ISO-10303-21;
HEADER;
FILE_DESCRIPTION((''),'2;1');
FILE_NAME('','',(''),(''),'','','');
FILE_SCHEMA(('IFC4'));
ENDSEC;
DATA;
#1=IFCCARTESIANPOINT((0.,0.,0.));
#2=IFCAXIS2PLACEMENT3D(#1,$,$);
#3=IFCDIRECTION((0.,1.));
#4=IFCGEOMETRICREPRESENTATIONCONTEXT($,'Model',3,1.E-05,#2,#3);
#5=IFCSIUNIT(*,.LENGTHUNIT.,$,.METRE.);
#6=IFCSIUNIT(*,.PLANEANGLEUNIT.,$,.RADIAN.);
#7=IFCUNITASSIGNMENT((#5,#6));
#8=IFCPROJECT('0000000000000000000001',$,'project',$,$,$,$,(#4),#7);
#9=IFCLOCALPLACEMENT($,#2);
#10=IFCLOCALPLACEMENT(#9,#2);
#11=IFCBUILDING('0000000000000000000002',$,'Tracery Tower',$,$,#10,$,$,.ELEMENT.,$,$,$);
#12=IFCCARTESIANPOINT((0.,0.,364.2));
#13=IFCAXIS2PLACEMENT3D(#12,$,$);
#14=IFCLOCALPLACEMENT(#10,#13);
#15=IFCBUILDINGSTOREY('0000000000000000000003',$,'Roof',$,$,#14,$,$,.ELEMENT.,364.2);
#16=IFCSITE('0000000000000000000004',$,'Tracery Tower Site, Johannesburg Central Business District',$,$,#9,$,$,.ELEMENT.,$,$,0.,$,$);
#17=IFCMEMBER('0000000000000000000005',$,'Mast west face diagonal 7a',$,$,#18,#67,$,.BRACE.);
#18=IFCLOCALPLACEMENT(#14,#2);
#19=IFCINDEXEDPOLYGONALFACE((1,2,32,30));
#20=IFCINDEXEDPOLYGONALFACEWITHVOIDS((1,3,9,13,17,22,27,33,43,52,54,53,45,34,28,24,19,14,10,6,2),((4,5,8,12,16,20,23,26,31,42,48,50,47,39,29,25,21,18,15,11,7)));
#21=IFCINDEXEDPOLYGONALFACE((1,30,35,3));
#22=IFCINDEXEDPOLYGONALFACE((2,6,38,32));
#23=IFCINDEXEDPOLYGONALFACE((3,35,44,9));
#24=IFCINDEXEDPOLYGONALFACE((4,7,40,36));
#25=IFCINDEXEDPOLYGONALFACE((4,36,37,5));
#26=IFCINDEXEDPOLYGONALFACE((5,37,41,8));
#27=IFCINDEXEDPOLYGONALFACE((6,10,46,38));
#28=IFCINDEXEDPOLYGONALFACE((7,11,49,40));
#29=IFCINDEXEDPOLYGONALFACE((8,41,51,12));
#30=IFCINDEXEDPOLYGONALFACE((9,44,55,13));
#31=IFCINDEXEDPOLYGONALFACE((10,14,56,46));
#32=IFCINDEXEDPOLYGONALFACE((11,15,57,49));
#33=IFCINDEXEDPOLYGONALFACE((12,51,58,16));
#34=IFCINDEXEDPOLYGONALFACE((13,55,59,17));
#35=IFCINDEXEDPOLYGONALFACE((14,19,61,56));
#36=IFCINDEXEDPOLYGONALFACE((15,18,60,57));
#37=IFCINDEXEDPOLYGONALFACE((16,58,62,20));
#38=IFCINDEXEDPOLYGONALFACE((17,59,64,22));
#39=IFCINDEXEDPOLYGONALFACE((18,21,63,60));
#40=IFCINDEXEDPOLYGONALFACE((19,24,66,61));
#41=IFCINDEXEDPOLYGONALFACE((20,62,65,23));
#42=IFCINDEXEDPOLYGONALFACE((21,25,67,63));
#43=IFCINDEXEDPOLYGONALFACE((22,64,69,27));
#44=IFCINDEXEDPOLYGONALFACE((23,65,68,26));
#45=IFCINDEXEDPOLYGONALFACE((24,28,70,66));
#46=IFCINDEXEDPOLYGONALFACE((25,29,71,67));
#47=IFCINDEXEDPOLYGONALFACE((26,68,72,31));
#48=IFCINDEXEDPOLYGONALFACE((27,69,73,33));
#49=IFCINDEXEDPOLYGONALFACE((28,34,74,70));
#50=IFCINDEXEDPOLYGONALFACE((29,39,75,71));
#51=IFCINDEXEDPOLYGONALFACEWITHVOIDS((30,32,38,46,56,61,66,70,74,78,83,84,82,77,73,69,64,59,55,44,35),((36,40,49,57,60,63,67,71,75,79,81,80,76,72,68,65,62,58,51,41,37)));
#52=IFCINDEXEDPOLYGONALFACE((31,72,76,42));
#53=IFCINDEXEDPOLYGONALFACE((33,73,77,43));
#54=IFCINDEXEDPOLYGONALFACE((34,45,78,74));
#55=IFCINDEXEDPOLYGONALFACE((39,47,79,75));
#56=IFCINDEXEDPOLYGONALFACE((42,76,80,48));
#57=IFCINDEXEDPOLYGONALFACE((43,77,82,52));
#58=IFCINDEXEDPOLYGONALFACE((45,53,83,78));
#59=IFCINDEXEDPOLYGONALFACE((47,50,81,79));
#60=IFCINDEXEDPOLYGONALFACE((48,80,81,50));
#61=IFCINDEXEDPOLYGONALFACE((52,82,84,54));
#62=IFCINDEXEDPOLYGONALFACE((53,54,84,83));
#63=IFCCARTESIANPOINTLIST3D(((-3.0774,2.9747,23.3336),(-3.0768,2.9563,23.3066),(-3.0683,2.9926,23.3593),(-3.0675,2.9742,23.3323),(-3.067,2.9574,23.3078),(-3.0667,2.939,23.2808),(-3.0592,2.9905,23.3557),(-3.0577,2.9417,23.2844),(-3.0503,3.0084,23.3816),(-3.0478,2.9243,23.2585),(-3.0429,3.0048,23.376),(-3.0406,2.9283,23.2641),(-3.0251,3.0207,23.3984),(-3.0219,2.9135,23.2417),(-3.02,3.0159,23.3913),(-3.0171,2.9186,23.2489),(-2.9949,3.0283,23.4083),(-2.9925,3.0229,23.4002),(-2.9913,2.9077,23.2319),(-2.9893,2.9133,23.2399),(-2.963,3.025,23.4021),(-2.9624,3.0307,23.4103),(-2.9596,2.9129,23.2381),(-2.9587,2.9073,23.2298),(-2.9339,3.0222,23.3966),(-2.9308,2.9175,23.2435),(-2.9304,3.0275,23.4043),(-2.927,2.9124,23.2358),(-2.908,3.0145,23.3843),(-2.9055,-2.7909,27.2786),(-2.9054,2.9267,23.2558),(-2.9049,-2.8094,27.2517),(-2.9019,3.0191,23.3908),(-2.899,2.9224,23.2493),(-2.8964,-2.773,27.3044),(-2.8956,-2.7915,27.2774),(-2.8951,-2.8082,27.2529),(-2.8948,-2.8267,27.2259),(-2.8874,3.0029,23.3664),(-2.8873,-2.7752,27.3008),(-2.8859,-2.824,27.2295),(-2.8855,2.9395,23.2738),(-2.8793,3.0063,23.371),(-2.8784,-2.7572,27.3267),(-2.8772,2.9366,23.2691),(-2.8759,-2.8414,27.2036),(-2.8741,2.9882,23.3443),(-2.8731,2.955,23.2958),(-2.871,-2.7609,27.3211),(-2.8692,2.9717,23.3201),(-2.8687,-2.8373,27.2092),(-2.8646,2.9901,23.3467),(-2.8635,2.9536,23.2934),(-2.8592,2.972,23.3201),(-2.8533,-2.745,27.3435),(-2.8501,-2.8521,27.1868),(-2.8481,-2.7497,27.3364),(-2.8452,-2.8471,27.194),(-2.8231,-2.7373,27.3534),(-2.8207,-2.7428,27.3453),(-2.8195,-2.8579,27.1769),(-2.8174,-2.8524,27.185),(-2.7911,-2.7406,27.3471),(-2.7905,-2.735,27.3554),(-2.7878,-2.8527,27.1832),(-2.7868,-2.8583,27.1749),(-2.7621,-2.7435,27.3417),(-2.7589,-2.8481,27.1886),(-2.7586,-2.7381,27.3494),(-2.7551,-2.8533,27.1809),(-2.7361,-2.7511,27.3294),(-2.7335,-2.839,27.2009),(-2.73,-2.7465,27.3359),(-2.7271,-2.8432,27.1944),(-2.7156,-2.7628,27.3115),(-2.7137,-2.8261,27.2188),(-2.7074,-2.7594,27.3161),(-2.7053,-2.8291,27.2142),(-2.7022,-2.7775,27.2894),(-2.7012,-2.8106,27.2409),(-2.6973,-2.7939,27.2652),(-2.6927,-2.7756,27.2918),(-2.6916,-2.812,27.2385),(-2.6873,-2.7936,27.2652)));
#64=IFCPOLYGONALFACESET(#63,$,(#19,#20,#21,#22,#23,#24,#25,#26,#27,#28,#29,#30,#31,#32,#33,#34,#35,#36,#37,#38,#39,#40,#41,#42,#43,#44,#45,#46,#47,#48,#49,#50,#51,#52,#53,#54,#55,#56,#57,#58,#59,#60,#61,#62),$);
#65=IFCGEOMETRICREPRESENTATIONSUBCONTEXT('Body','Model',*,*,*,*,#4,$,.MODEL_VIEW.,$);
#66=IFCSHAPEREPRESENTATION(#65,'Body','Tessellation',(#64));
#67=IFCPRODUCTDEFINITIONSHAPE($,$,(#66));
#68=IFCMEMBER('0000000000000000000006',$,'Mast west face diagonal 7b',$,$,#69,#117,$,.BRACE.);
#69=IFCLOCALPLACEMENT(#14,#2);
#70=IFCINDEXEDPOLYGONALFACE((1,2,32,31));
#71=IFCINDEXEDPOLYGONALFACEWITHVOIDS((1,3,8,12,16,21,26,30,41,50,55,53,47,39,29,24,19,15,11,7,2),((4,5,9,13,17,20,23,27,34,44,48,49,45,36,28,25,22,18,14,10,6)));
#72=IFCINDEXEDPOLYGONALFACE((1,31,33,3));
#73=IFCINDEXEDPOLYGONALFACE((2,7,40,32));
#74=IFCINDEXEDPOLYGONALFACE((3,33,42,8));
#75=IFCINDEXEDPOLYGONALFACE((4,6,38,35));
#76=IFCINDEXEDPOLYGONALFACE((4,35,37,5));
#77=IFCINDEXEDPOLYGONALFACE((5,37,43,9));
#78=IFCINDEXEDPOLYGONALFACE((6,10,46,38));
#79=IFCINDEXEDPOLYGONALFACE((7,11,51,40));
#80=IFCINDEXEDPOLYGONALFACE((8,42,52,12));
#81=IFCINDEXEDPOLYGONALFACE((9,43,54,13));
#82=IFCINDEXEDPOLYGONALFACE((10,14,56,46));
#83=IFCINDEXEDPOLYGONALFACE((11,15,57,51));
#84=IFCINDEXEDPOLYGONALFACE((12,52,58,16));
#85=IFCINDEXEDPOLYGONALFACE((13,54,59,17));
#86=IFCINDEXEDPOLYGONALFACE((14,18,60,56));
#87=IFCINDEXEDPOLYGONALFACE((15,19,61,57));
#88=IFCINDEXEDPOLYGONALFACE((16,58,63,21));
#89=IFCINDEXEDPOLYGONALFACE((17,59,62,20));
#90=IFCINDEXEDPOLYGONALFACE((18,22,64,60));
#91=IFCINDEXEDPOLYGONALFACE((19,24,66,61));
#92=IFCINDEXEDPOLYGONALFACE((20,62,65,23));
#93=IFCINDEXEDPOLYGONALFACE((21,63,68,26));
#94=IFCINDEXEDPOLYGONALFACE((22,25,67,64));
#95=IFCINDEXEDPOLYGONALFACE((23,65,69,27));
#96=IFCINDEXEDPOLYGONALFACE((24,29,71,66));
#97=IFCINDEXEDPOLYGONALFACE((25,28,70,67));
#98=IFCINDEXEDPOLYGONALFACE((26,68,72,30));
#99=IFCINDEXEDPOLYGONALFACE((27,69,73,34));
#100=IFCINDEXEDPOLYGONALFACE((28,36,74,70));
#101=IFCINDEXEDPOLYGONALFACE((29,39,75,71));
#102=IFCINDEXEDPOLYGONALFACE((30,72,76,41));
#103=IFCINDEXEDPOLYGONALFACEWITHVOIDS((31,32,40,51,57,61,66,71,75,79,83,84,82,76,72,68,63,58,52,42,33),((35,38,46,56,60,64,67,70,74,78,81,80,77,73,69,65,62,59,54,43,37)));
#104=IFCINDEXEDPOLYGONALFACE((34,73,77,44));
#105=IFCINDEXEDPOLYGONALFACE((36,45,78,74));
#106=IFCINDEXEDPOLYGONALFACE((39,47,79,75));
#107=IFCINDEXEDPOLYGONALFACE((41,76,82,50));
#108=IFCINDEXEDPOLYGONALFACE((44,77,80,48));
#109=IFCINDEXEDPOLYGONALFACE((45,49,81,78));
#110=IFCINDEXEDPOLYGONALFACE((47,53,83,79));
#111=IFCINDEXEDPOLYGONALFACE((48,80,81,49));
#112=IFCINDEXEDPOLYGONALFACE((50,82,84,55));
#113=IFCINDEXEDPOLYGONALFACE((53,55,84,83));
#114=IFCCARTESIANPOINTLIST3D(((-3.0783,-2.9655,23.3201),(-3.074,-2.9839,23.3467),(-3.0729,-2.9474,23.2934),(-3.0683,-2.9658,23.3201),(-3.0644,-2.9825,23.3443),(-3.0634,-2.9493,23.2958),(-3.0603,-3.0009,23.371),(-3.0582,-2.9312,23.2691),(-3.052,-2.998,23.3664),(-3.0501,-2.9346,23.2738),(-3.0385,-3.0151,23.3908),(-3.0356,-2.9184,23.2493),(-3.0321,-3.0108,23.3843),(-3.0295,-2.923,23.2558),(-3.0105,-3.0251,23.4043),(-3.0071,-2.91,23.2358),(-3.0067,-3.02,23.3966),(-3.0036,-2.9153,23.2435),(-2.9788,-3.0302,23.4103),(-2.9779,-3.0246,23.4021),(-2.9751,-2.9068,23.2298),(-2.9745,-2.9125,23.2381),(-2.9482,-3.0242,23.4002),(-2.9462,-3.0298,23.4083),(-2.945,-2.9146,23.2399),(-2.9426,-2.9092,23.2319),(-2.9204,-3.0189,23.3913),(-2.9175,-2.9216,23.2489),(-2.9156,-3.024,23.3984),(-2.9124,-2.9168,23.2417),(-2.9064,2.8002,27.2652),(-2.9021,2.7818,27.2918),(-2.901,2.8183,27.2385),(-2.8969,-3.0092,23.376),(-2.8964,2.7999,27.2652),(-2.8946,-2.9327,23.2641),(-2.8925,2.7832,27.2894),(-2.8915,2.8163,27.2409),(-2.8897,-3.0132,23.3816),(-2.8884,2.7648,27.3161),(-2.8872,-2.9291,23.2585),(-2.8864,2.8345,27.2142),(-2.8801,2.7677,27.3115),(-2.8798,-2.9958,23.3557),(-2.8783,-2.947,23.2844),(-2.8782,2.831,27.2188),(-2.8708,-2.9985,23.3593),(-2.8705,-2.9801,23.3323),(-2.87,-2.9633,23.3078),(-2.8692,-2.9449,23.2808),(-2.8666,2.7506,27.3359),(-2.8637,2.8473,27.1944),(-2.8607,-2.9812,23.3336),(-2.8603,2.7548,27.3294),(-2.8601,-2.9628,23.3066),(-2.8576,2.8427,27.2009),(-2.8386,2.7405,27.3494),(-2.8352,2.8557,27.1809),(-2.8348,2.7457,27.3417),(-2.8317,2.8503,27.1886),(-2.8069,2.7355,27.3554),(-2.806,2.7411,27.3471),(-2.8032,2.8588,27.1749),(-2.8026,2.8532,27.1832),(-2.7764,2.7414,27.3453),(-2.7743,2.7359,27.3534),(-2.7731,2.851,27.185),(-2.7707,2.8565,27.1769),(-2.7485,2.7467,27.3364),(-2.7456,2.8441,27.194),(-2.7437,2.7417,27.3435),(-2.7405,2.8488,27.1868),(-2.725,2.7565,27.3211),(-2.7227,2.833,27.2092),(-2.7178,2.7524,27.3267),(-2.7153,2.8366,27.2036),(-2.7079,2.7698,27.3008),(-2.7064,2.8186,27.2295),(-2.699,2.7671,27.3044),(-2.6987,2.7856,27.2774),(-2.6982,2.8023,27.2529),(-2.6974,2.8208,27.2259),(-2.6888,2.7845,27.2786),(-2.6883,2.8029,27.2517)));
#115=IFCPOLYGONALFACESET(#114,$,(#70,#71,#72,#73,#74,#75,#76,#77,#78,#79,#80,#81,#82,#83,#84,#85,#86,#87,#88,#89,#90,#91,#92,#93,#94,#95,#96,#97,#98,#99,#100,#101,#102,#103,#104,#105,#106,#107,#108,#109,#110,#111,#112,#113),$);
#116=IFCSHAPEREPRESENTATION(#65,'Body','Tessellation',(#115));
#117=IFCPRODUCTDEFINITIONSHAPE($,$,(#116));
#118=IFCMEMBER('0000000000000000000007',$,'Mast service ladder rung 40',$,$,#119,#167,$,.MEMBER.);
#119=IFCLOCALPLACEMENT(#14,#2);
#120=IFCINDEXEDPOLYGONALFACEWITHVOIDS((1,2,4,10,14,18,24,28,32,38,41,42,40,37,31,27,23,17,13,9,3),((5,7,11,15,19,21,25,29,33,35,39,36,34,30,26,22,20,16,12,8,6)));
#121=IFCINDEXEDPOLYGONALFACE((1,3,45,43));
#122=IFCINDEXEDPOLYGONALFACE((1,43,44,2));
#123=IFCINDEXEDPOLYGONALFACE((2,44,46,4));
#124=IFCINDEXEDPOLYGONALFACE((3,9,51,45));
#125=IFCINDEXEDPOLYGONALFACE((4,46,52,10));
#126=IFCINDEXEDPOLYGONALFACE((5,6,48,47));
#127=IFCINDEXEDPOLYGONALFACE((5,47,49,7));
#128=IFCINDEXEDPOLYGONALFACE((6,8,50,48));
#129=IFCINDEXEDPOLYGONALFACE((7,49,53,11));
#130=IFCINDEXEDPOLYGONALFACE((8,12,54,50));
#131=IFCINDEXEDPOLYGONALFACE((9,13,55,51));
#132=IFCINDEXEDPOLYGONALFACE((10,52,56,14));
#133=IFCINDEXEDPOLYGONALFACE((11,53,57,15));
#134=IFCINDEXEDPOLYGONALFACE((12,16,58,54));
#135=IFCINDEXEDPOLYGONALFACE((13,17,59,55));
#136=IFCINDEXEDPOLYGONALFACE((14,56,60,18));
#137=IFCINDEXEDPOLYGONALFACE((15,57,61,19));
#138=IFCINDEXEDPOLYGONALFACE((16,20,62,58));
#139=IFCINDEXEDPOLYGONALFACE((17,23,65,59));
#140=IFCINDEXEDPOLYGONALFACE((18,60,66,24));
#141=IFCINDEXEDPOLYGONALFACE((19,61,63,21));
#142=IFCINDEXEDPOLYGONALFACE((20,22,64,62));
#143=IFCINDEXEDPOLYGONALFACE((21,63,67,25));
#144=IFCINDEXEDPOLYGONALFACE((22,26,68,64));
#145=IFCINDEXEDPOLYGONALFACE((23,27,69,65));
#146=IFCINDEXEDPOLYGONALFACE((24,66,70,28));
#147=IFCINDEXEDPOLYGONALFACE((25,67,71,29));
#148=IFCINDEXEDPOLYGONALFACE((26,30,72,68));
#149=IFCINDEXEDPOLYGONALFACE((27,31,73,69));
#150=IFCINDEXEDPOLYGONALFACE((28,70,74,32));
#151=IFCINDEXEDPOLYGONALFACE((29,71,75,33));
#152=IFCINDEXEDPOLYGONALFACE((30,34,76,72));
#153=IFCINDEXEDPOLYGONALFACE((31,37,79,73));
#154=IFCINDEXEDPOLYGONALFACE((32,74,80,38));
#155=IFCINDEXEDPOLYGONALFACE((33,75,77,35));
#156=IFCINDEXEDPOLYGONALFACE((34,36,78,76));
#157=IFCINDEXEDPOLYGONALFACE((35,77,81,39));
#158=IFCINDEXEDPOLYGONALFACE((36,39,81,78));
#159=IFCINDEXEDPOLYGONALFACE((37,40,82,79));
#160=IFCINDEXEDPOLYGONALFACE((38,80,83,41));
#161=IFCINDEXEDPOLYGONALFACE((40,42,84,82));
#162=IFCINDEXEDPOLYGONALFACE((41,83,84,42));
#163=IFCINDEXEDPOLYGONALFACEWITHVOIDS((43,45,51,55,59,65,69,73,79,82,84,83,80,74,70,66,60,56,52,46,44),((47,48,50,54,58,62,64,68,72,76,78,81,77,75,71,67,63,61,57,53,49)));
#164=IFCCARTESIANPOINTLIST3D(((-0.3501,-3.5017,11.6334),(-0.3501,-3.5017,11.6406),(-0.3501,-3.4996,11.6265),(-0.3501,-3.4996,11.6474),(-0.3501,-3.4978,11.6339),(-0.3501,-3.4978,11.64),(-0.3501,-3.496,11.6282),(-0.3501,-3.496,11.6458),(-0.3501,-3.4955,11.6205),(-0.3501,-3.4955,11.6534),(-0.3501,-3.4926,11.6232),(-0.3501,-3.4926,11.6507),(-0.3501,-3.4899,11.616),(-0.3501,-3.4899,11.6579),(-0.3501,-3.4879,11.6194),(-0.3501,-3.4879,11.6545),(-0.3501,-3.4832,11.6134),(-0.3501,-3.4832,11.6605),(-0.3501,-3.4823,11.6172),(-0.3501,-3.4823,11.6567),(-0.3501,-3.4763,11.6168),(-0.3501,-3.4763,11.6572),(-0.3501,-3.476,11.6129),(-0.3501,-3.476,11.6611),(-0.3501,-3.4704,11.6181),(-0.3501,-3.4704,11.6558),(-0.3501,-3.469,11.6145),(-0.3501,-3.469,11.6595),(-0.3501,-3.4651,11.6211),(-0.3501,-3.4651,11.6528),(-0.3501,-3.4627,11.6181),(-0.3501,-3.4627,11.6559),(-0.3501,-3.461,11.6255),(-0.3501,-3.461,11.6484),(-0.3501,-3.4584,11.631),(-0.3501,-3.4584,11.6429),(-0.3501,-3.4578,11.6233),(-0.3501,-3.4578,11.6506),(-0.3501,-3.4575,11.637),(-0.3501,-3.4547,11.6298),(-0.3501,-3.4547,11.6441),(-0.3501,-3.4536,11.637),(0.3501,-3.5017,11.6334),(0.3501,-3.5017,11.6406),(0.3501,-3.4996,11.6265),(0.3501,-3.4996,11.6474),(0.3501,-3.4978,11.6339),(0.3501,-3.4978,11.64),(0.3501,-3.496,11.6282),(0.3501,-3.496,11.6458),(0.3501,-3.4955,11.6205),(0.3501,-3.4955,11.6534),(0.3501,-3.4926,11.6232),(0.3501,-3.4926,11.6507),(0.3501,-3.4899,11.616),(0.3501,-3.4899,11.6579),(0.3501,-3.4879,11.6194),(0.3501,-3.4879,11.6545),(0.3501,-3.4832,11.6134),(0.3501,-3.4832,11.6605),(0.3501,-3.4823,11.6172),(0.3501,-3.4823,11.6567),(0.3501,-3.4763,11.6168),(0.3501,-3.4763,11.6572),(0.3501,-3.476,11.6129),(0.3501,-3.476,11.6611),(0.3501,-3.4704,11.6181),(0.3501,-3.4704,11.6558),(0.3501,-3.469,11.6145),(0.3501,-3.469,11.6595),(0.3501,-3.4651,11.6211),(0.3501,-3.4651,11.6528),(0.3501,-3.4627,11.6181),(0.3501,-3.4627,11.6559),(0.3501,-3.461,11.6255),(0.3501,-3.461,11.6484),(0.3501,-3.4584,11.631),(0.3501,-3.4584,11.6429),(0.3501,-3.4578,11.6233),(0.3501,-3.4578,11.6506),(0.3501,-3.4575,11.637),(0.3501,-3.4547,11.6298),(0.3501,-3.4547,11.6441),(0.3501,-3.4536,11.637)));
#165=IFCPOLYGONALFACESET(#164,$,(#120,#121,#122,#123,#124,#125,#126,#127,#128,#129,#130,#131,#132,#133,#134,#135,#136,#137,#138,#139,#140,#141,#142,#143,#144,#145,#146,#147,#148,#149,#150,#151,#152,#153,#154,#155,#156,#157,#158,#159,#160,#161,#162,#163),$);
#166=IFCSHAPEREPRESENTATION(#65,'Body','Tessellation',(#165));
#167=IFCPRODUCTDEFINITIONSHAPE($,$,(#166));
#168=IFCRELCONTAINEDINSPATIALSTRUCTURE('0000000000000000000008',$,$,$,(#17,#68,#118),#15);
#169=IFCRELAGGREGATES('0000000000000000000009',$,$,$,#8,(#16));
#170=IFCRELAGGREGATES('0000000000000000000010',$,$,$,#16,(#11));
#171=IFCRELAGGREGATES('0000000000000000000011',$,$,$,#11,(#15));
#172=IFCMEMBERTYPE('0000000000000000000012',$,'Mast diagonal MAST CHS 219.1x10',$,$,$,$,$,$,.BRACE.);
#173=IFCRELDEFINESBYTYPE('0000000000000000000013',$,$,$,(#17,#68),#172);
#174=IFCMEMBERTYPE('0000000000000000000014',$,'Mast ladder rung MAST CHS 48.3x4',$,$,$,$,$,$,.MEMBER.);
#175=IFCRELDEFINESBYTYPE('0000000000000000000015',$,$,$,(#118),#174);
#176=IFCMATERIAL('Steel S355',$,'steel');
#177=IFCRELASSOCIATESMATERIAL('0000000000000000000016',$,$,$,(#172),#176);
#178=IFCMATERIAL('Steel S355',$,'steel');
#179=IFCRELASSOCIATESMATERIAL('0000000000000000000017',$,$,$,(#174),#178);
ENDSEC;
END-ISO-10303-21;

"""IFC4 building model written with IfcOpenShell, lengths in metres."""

from ifc_helpers import new_model, si_unit, direction, frame, origin, origin_2d, place, context, subcontext, project, spatial, hollow_circle, extrude, material, material_profile, profile_set, type_object, element, save


model = new_model("IFC4")

# Units and contexts
model_context = context("Model", 3, precision=1e-05, world=origin(), true_north=direction((0.0, 1.0)))
body_context = subcontext(model_context, "Body", "Model", "MODEL_VIEW")
ifc_project = project(units=[si_unit("LENGTHUNIT", "METRE"), si_unit("PLANEANGLEUNIT", "RADIAN")], contexts=[model_context])

# Site, building, storey
site_placement = place(None, origin())
site = spatial("IfcSite", under=ifc_project, at=site_placement, Name="Tracery Tower Site, Johannesburg Central Business District", CompositionType="ELEMENT", RefElevation=0.0)
building_placement = place(site_placement, origin())
building = spatial("IfcBuilding", under=site, at=building_placement, Name="Tracery Tower", CompositionType="ELEMENT")
storey_placement = place(building_placement, frame((0.0, 0.0, 364.2)))
storey = spatial("IfcBuildingStorey", under=building, at=storey_placement, Name="Roof", CompositionType="ELEMENT", Elevation=364.2)

# Members
ifc_material_1 = material(Name="Steel S355", Category="steel")
ifc_material_profile_1 = material_profile(ifc_material_1, hollow_circle(Radius=0.1096, WallThickness=0.01, at=origin_2d()), Name="CHS 219.1x10")
ifc_profile_set_1 = profile_set([ifc_material_profile_1], Name="Steel S355")
member_type_1 = type_object("IfcMemberType", Name="Mast diagonal MAST CHS 219.1x10", PredefinedType="BRACE", material=ifc_profile_set_1)
for number, where, z_axis, x_axis, name in (
    (1, (-2.9688, 2.9688, 23.3201), (0.024595, -0.825046, 0.564529), (0.999556, 0.029797, 0.0), "Mast west face diagonal 7a"),
    (2, (-2.9688, -2.9688, 23.3201), (0.024595, 0.825046, 0.564529), (-0.999556, 0.029797, 0.0), "Mast west face diagonal 7b"),
):
    element("IfcMember", number, at=place(storey_placement, frame(where, z_axis=z_axis, x_axis=x_axis)), inside=storey, type_object=member_type_1, Name=name, PredefinedType="BRACE", context=body_context, shape_type="SweptSolid", body=[
        extrude(hollow_circle(Radius=0.1096, WallThickness=0.01, at=origin_2d()), origin(), (0.0, 0.0, 1.0), 6.9883),
    ])
ifc_material_2 = material(Name="Steel S355", Category="steel")
ifc_material_profile_2 = material_profile(ifc_material_2, hollow_circle(Radius=0.0242, WallThickness=0.0039, at=origin_2d()), Name="CHS 48.3x4")
ifc_profile_set_2 = profile_set([ifc_material_profile_2], Name="Steel S355")
member_type_2 = type_object("IfcMemberType", Name="Mast ladder rung MAST CHS 48.3x4", PredefinedType="MEMBER", material=ifc_profile_set_2)
for number, where, z_axis, x_axis, name in (
    (3, (-0.3501, -3.4778, 11.637), (1.0, 0.0, 0.0), (0.0, 1.0, 0.0), "Mast service ladder rung 40"),
):
    element("IfcMember", number, at=place(storey_placement, frame(where, z_axis=z_axis, x_axis=x_axis)), inside=storey, type_object=member_type_2, Name=name, PredefinedType="MEMBER", context=body_context, shape_type="SweptSolid", body=[
        extrude(hollow_circle(Radius=0.0242, WallThickness=0.0039, at=origin_2d()), origin(), (0.0, 0.0, 1.0), 0.7002),
    ])

save(model, "model.ifc")
